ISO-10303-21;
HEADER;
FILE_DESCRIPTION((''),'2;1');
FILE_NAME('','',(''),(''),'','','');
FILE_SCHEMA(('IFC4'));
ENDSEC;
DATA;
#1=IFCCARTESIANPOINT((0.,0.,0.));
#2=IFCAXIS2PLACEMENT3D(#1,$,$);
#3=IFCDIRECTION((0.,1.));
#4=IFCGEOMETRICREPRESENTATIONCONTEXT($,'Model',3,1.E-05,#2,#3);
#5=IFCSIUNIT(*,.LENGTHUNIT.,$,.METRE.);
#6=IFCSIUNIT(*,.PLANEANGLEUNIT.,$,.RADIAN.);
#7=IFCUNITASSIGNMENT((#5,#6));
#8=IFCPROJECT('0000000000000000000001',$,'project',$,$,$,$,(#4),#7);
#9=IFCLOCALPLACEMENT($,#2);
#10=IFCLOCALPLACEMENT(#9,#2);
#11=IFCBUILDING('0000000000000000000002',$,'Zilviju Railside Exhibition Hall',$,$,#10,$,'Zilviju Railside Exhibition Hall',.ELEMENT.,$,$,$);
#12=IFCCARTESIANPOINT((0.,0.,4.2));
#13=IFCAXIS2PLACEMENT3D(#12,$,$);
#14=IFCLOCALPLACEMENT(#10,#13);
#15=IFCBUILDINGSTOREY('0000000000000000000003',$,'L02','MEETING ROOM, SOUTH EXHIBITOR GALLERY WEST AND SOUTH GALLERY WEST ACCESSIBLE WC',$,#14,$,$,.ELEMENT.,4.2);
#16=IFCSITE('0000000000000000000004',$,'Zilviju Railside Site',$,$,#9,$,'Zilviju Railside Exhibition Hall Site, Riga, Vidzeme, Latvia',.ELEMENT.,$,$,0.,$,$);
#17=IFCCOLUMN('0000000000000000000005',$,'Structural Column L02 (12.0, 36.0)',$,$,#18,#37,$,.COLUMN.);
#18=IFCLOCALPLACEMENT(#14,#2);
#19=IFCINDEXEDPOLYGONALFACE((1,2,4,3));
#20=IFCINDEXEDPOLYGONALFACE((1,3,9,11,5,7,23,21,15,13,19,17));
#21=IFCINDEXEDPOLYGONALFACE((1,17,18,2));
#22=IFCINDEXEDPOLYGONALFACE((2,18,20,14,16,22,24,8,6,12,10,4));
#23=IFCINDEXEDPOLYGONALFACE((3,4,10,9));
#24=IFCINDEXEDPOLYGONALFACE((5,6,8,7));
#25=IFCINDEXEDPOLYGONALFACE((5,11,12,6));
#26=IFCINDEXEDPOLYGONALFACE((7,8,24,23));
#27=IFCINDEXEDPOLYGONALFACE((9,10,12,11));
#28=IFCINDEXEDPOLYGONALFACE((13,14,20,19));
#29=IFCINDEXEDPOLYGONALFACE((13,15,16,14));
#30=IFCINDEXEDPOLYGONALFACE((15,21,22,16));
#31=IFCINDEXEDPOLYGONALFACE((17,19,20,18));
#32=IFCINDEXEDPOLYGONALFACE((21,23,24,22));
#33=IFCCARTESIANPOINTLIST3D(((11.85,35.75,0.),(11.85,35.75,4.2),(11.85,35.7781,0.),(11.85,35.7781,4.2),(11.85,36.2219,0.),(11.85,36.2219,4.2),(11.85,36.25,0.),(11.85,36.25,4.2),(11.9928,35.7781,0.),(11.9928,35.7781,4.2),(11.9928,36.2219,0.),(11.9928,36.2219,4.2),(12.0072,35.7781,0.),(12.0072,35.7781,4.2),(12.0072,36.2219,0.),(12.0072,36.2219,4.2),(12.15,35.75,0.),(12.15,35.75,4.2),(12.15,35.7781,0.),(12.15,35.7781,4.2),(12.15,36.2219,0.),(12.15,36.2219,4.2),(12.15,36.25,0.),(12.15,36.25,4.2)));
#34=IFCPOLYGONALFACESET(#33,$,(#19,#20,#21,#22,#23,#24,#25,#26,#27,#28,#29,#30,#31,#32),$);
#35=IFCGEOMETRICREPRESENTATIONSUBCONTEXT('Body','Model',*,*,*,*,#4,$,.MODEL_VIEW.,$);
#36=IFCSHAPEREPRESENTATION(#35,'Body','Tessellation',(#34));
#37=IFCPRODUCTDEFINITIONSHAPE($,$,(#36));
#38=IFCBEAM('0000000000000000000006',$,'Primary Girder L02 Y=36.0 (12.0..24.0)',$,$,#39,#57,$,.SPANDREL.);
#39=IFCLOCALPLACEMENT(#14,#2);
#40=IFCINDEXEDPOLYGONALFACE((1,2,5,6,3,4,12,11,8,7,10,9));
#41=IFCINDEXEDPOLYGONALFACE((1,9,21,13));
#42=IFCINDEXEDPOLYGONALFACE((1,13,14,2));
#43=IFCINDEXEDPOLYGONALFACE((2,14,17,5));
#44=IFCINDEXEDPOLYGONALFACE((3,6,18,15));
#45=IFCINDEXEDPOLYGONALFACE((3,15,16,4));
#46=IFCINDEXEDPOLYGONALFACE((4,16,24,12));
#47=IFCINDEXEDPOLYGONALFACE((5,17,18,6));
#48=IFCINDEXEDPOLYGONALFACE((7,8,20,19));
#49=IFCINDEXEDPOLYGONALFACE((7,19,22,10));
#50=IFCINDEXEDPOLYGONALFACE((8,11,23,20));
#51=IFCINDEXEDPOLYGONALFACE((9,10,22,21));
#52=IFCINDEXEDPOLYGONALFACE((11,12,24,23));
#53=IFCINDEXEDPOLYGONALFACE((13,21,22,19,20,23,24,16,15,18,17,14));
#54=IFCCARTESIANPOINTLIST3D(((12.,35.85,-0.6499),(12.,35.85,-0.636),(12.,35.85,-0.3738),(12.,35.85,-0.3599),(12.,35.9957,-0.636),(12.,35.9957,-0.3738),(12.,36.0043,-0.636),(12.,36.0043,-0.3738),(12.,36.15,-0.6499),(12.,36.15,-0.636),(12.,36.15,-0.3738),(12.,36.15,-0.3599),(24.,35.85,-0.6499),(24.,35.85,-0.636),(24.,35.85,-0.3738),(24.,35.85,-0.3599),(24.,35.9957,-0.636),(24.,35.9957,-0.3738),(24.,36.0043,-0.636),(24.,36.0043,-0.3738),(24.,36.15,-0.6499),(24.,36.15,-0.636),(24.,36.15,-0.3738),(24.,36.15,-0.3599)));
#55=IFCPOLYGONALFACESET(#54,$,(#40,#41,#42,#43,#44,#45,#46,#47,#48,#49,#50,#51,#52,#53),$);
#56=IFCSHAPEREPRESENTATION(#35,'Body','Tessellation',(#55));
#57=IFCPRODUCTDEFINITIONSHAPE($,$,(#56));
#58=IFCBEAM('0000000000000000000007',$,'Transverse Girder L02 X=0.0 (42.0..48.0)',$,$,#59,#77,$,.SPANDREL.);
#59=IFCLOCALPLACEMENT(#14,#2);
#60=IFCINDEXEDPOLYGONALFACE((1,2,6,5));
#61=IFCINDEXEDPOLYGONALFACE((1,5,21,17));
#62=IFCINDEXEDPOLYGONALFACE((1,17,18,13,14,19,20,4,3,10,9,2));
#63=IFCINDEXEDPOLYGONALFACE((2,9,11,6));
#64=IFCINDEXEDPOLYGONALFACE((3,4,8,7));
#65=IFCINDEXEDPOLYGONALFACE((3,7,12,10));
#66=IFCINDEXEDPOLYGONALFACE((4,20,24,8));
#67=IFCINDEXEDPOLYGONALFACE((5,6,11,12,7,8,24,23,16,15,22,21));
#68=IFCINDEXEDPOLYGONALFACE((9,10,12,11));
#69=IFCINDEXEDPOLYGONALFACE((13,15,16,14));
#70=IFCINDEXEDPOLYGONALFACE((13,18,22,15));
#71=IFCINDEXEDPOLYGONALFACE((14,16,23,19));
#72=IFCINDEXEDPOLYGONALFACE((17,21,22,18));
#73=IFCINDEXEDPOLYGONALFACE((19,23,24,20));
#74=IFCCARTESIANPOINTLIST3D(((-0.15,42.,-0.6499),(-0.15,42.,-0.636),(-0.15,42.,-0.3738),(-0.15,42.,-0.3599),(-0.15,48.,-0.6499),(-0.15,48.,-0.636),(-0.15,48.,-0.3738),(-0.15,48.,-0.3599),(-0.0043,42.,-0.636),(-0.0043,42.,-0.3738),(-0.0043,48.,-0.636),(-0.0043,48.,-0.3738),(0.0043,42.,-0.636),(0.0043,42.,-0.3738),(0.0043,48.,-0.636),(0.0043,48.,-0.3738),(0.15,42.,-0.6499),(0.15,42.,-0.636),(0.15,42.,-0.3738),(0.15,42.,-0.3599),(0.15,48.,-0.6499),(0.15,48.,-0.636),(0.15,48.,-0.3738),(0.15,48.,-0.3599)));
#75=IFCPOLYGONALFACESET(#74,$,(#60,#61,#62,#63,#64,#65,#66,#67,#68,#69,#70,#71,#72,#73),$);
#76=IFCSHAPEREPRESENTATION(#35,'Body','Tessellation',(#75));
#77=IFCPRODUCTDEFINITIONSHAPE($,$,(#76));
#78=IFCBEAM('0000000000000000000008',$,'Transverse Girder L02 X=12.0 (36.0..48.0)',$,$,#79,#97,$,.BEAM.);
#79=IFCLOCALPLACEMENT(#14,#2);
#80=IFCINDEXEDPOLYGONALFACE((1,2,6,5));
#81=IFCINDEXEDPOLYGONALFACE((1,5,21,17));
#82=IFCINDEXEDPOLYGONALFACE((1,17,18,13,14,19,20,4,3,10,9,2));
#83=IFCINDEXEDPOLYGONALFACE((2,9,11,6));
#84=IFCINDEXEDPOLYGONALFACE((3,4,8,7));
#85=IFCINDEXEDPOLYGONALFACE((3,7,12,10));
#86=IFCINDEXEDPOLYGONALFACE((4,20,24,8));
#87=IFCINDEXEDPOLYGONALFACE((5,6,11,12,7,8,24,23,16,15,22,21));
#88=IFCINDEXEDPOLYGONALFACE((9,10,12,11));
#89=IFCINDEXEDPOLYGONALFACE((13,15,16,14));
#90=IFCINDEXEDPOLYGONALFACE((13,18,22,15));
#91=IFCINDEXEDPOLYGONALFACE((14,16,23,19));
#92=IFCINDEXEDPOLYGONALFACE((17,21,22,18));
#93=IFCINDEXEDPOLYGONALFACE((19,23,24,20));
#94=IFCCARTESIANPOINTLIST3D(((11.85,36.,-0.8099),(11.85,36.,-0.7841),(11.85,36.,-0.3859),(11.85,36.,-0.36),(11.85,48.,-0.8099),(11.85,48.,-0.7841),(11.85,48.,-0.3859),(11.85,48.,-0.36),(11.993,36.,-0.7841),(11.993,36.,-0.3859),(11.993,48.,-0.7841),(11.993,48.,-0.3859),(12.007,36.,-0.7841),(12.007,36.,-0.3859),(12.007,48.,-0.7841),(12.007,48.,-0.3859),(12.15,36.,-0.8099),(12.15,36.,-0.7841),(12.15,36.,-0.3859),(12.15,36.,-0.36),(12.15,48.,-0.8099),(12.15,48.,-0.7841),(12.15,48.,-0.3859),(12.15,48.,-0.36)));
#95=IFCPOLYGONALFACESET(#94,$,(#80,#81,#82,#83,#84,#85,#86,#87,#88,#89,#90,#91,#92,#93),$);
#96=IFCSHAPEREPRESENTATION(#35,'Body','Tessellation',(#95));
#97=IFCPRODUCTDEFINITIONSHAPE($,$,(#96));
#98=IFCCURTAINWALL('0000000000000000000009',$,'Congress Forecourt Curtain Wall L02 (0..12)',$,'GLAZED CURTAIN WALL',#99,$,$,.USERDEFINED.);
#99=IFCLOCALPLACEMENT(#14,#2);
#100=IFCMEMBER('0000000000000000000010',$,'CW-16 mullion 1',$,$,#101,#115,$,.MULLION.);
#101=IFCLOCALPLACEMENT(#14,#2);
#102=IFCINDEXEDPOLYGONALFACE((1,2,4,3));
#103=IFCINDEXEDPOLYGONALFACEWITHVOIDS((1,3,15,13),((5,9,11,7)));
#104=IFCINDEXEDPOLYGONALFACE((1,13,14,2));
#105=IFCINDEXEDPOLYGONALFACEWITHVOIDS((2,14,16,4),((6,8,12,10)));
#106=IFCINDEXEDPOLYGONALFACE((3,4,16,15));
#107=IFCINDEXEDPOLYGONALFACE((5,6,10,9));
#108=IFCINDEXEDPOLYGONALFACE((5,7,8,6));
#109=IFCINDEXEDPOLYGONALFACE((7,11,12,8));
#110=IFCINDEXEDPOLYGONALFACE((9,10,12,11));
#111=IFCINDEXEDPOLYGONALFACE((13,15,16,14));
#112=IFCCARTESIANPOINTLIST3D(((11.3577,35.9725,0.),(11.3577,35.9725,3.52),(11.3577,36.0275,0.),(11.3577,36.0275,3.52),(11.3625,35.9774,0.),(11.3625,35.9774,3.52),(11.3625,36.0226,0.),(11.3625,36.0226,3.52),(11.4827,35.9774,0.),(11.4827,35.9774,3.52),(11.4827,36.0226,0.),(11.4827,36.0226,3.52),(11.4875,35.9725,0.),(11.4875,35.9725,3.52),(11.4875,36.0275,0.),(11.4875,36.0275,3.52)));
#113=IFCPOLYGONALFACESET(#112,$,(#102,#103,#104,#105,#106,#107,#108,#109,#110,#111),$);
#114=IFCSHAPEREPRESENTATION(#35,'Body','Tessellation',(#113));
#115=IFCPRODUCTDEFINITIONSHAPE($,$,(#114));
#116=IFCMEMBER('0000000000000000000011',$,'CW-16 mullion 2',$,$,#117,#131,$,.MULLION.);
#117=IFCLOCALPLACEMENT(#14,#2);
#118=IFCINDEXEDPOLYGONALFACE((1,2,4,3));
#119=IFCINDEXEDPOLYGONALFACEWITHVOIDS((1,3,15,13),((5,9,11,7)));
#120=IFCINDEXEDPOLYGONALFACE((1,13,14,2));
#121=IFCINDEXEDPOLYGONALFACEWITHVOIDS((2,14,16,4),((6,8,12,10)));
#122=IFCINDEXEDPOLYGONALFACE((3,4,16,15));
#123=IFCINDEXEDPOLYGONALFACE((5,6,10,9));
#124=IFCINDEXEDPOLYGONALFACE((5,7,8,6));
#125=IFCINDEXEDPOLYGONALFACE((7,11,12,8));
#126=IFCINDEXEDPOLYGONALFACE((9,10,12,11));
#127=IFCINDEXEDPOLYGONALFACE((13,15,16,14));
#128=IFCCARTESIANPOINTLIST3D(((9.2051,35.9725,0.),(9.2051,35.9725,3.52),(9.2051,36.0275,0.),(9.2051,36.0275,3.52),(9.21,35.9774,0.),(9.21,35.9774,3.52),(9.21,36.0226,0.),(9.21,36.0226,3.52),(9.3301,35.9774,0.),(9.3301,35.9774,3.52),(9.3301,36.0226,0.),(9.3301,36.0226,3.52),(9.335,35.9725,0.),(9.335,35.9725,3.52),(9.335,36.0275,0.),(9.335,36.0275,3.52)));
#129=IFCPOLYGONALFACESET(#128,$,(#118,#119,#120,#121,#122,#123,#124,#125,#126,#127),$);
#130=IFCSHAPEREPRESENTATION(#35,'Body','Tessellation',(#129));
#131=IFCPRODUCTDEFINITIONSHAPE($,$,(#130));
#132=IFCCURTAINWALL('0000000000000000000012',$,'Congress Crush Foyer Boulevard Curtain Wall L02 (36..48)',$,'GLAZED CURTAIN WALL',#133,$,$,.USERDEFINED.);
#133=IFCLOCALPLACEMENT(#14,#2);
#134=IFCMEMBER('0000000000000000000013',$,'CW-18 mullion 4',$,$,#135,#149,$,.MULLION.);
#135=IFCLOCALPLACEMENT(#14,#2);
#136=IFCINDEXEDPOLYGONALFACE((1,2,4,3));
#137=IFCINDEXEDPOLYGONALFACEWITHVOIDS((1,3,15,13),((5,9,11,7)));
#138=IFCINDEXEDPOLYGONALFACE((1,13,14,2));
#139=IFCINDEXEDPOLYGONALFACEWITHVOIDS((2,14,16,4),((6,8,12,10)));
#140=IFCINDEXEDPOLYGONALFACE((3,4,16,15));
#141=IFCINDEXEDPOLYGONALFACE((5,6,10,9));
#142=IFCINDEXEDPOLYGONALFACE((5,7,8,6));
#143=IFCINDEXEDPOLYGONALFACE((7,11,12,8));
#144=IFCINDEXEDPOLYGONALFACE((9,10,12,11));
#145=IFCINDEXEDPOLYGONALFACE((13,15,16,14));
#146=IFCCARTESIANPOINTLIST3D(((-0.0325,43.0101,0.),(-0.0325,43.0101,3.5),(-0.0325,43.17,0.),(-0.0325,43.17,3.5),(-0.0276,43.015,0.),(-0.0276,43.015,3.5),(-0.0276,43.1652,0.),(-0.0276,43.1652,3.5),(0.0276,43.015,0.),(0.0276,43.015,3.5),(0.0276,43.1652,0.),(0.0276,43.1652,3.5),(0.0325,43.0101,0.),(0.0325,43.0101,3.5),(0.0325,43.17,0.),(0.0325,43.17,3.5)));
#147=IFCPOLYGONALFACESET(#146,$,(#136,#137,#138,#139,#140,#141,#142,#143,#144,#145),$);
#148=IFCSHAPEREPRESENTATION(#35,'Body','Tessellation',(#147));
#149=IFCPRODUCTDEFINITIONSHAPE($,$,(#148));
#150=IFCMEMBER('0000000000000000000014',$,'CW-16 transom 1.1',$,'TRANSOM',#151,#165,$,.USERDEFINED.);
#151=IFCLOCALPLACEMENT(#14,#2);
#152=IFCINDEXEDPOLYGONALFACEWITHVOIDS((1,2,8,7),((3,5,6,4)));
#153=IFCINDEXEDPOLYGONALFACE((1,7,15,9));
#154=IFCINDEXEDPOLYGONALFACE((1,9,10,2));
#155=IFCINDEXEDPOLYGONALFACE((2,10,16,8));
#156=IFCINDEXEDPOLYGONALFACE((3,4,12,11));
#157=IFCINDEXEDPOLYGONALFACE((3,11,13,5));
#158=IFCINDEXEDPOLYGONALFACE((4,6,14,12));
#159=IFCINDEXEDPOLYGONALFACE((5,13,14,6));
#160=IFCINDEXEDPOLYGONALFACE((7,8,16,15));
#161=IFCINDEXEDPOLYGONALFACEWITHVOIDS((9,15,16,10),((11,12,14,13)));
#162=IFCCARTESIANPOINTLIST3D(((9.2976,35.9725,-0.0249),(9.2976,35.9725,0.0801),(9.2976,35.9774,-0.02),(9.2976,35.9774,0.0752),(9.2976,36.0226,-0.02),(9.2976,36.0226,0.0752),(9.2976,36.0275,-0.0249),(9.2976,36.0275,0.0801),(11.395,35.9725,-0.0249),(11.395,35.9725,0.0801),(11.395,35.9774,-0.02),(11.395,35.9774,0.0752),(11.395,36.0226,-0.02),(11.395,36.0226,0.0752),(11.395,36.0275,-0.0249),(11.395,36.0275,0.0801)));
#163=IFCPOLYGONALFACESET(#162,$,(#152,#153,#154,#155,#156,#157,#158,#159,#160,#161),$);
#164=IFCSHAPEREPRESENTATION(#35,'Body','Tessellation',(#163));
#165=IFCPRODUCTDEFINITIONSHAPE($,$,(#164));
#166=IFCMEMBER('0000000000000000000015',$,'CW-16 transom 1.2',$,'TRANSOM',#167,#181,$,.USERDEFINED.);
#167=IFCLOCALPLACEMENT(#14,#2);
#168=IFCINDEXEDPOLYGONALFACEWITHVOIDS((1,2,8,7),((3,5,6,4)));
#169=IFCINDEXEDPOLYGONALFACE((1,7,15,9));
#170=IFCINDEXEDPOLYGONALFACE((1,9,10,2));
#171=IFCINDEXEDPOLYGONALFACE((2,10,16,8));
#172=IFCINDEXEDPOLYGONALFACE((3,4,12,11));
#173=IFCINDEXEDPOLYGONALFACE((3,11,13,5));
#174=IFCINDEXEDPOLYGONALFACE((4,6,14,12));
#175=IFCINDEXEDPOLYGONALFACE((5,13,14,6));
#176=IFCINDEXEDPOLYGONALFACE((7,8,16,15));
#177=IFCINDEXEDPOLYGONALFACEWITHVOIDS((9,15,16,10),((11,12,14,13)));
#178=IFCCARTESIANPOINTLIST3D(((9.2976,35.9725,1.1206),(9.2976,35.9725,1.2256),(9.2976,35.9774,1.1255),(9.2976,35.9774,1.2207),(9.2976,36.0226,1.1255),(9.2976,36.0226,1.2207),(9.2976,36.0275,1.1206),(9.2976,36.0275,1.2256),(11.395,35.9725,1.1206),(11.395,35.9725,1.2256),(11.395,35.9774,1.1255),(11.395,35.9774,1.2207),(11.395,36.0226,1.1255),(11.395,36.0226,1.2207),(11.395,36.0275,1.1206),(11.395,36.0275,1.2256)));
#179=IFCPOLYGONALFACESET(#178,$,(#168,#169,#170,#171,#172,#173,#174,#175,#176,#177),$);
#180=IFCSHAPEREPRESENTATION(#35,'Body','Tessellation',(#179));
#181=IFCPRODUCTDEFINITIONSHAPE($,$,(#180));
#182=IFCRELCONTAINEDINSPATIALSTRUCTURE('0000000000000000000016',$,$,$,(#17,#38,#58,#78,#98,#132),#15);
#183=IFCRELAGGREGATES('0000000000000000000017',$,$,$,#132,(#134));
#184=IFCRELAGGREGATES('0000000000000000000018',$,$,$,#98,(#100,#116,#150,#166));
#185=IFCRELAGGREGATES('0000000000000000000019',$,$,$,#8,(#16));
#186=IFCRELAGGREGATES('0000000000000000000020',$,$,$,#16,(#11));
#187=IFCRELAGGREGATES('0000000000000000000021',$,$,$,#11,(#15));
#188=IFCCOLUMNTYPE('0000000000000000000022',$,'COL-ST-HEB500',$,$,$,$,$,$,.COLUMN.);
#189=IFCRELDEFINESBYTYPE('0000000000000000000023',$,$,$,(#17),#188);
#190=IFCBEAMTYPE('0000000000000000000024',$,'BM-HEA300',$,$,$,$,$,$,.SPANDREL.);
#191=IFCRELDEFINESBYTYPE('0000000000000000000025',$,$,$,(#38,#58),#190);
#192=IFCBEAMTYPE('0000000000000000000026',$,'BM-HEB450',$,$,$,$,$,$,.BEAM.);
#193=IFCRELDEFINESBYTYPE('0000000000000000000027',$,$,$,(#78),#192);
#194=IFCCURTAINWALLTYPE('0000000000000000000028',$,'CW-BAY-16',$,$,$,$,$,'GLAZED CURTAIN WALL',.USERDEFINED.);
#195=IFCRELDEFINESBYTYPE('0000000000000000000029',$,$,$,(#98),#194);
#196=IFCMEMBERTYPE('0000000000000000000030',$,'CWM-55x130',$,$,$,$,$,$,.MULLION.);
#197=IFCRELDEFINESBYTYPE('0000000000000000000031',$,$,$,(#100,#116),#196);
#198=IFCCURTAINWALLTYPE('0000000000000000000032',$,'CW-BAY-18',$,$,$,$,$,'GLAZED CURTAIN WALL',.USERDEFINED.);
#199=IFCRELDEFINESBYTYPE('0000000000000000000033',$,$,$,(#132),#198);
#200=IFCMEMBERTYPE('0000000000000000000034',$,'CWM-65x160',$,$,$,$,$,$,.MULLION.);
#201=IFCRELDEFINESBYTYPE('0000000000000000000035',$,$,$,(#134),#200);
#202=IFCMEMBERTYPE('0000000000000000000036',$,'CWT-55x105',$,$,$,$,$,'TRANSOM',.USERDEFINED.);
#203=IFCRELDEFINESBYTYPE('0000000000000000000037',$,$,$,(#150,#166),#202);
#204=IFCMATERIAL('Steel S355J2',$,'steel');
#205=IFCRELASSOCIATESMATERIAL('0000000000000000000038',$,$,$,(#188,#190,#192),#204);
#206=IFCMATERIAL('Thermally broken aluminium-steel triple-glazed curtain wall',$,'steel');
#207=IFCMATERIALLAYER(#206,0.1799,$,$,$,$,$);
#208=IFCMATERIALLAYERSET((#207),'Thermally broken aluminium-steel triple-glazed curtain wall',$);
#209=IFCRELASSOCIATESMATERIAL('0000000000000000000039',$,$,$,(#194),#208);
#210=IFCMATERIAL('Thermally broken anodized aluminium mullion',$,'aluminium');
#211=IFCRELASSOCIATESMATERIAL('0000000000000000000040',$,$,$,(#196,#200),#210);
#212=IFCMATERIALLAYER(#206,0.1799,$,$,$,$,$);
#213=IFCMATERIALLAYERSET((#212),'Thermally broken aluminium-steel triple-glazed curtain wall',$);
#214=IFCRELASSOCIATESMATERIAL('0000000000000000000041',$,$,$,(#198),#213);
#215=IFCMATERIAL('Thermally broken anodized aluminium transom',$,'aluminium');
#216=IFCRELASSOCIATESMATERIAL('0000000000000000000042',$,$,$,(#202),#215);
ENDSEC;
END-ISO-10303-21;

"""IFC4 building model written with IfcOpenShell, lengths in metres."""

from ifc_helpers import new_model, si_unit, direction, frame, origin, origin_2d, place, context, subcontext, project, spatial, hollow_rectangle, i_section, extrude, material, layer, layer_set, material_profile, profile_set, type_object, element, aggregate, save


model = new_model("IFC4")

# Units and contexts
model_context = context("Model", 3, precision=1e-05, world=origin(), true_north=direction((0.0, 1.0)))
body_context = subcontext(model_context, "Body", "Model", "MODEL_VIEW")
ifc_project = project(units=[si_unit("LENGTHUNIT", "METRE"), si_unit("PLANEANGLEUNIT", "RADIAN")], contexts=[model_context])

# Site, building, storey
site_placement = place(None, origin())
site = spatial("IfcSite", under=ifc_project, at=site_placement, Name="Zilviju Railside Site", LongName="Zilviju Railside Exhibition Hall Site, Riga, Vidzeme, Latvia", CompositionType="ELEMENT", RefElevation=0.0)
building_placement = place(site_placement, origin())
building = spatial("IfcBuilding", under=site, at=building_placement, Name="Zilviju Railside Exhibition Hall", LongName="Zilviju Railside Exhibition Hall", CompositionType="ELEMENT")
storey_placement = place(building_placement, frame((0.0, 0.0, 4.2)))
storey = spatial("IfcBuildingStorey", under=building, at=storey_placement, Name="L02", Description="MEETING ROOM, SOUTH EXHIBITOR GALLERY WEST AND SOUTH GALLERY WEST ACCESSIBLE WC", CompositionType="ELEMENT", Elevation=4.2)

# Column
ifc_material_1 = material(Name="Steel S355J2", Category="steel")
ifc_material_profile_1 = material_profile(ifc_material_1, i_section(OverallWidth=0.3, OverallDepth=0.5, WebThickness=0.0144, FlangeThickness=0.0281, at=origin_2d()), Name="HEB 500")
ifc_profile_set_1 = profile_set([ifc_material_profile_1], Name="Steel S355J2")
column_type = type_object("IfcColumnType", Name="COL-ST-HEB500", PredefinedType="COLUMN", material=ifc_profile_set_1)
column_placement = place(storey_placement, frame((12.0, 36.0, 0.0), z_axis=(0.0, 0.0, 1.0), x_axis=(1.0, 0.0, 0.0)))
element("IfcColumn", 1, at=column_placement, inside=storey, type_object=column_type, Name="Structural Column L02 (12.0, 36.0)", PredefinedType="COLUMN", context=body_context, shape_type="SweptSolid", body=[
    extrude(i_section(OverallWidth=0.3, OverallDepth=0.5, WebThickness=0.0144, FlangeThickness=0.0281, at=origin_2d()), origin(), (0.0, 0.0, 1.0), 4.2),
])

# Beams
ifc_material_profile_2 = material_profile(ifc_material_1, i_section(OverallWidth=0.3, OverallDepth=0.29, WebThickness=0.0085, FlangeThickness=0.0139, at=origin_2d()), Name="HEA 300")
ifc_profile_set_2 = profile_set([ifc_material_profile_2], Name="Steel S355J2")
beam_type_1 = type_object("IfcBeamType", Name="BM-HEA300", PredefinedType="SPANDREL", material=ifc_profile_set_2)
beam_1_placement = place(storey_placement, frame((12.0, 36.0, -0.5049), z_axis=(1.0, 0.0, 0.0), x_axis=(0.0, 1.0, 0.0)))
element("IfcBeam", 2, at=beam_1_placement, inside=storey, type_object=beam_type_1, Name="Primary Girder L02 Y=36.0 (12.0..24.0)", PredefinedType="SPANDREL", context=body_context, shape_type="SweptSolid", body=[
    extrude(i_section(OverallWidth=0.3, OverallDepth=0.29, WebThickness=0.0085, FlangeThickness=0.0139, at=origin_2d()), origin(), (0.0, 0.0, 1.0), 12.0),
])
beam_2_placement = place(storey_placement, frame((0.0, 42.0, -0.5049), z_axis=(0.0, 1.0, 0.0), x_axis=(-1.0, 0.0, 0.0)))
element("IfcBeam", 3, at=beam_2_placement, inside=storey, type_object=beam_type_1, Name="Transverse Girder L02 X=0.0 (42.0..48.0)", PredefinedType="SPANDREL", context=body_context, shape_type="SweptSolid", body=[
    extrude(i_section(OverallWidth=0.3, OverallDepth=0.29, WebThickness=0.0085, FlangeThickness=0.0139, at=origin_2d()), origin(), (0.0, 0.0, 1.0), 6.0),
])
ifc_material_profile_3 = material_profile(ifc_material_1, i_section(OverallWidth=0.3, OverallDepth=0.45, WebThickness=0.0139, FlangeThickness=0.0259, at=origin_2d()), Name="HEB 450")
ifc_profile_set_3 = profile_set([ifc_material_profile_3], Name="Steel S355J2")
beam_type_2 = type_object("IfcBeamType", Name="BM-HEB450", PredefinedType="BEAM", material=ifc_profile_set_3)
beam_3_placement = place(storey_placement, frame((12.0, 36.0, -0.585), z_axis=(0.0, 1.0, 0.0), x_axis=(-1.0, 0.0, 0.0)))
element("IfcBeam", 4, at=beam_3_placement, inside=storey, type_object=beam_type_2, Name="Transverse Girder L02 X=12.0 (36.0..48.0)", PredefinedType="BEAM", context=body_context, shape_type="SweptSolid", body=[
    extrude(i_section(OverallWidth=0.3, OverallDepth=0.45, WebThickness=0.0139, FlangeThickness=0.0259, at=origin_2d()), origin(), (0.0, 0.0, 1.0), 12.0),
])

# Curtain wall, members
ifc_material_2 = material(Name="Thermally broken aluminium-steel triple-glazed curtain wall", Category="steel")
ifc_layer_1 = layer(ifc_material_2, 0.1799)
ifc_layer_set_1 = layer_set([ifc_layer_1], Name="Thermally broken aluminium-steel triple-glazed curtain wall")
curtain_wall_type_1 = type_object("IfcCurtainWallType", Name="CW-BAY-16", ElementType="GLAZED CURTAIN WALL", PredefinedType="USERDEFINED", material=ifc_layer_set_1)
curtain_wall_1_placement = place(storey_placement, origin())
curtain_wall_1 = element("IfcCurtainWall", 5, at=curtain_wall_1_placement, inside=storey, type_object=curtain_wall_type_1, Name="Congress Forecourt Curtain Wall L02 (0..12)", ObjectType="GLAZED CURTAIN WALL", PredefinedType="USERDEFINED")
ifc_material_3 = material(Name="Thermally broken anodized aluminium mullion", Category="aluminium")
ifc_material_profile_4 = material_profile(ifc_material_3, hollow_rectangle(XDim=0.0549, YDim=0.1299, WallThickness=0.0049, at=origin_2d()), Name="MULLION 130x55x5")
ifc_profile_set_4 = profile_set([ifc_material_profile_4], Name="Thermally broken anodized aluminium mullion")
member_type_1 = type_object("IfcMemberType", Name="CWM-55x130", PredefinedType="MULLION", material=ifc_profile_set_4)
member_1_placement = place(storey_placement, frame((11.4226, 36.0, 0.0), z_axis=(0.0, 0.0, 1.0), x_axis=(0.0, -1.0, 0.0)))
member_1 = element("IfcMember", 6, at=member_1_placement, type_object=member_type_1, Name="CW-16 mullion 1", PredefinedType="MULLION", context=body_context, shape_type="SweptSolid", body=[
    extrude(hollow_rectangle(XDim=0.0549, YDim=0.1299, WallThickness=0.0049, at=origin_2d()), origin(), (0.0, 0.0, 1.0), 3.52),
])
member_2_placement = place(storey_placement, frame((9.27, 36.0, 0.0), z_axis=(0.0, 0.0, 1.0), x_axis=(0.0, -1.0, 0.0)))
member_2 = element("IfcMember", 7, at=member_2_placement, type_object=member_type_1, Name="CW-16 mullion 2", PredefinedType="MULLION", context=body_context, shape_type="SweptSolid", body=[
    extrude(hollow_rectangle(XDim=0.0549, YDim=0.1299, WallThickness=0.0049, at=origin_2d()), origin(), (0.0, 0.0, 1.0), 3.52),
])

# Curtain wall, member
ifc_layer_2 = layer(ifc_material_2, 0.1799)
ifc_layer_set_2 = layer_set([ifc_layer_2], Name="Thermally broken aluminium-steel triple-glazed curtain wall")
curtain_wall_type_2 = type_object("IfcCurtainWallType", Name="CW-BAY-18", ElementType="GLAZED CURTAIN WALL", PredefinedType="USERDEFINED", material=ifc_layer_set_2)
curtain_wall_2_placement = place(storey_placement, origin())
curtain_wall_2 = element("IfcCurtainWall", 8, at=curtain_wall_2_placement, inside=storey, type_object=curtain_wall_type_2, Name="Congress Crush Foyer Boulevard Curtain Wall L02 (36..48)", ObjectType="GLAZED CURTAIN WALL", PredefinedType="USERDEFINED")
ifc_material_profile_5 = material_profile(ifc_material_3, hollow_rectangle(XDim=0.0649, YDim=0.1599, WallThickness=0.0049, at=origin_2d()), Name="MULLION 160x65x5")
ifc_profile_set_5 = profile_set([ifc_material_profile_5], Name="Thermally broken anodized aluminium mullion")
member_type_2 = type_object("IfcMemberType", Name="CWM-65x160", PredefinedType="MULLION", material=ifc_profile_set_5)
member_3_placement = place(storey_placement, frame((0.0, 43.0901, 0.0), z_axis=(0.0, 0.0, 1.0), x_axis=(-1.0, 0.0, 0.0)))
member_3 = element("IfcMember", 9, at=member_3_placement, type_object=member_type_2, Name="CW-18 mullion 4", PredefinedType="MULLION", context=body_context, shape_type="SweptSolid", body=[
    extrude(hollow_rectangle(XDim=0.0649, YDim=0.1599, WallThickness=0.0049, at=origin_2d()), origin(), (0.0, 0.0, 1.0), 3.5),
])

# Members
ifc_material_4 = material(Name="Thermally broken anodized aluminium transom", Category="aluminium")
ifc_material_profile_6 = material_profile(ifc_material_4, hollow_rectangle(XDim=0.0549, YDim=0.105, WallThickness=0.0049, at=origin_2d()), Name="TRANSOM 105x55x5")
ifc_profile_set_6 = profile_set([ifc_material_profile_6], Name="Thermally broken anodized aluminium transom")
member_type_3 = type_object("IfcMemberType", Name="CWT-55x105", ElementType="TRANSOM", PredefinedType="USERDEFINED", material=ifc_profile_set_6)
member_4_placement = place(storey_placement, frame((11.395, 36.0, 0.0276), z_axis=(-1.0, 0.0, 0.0), x_axis=(0.0, -1.0, 0.0)))
member_4 = element("IfcMember", 10, at=member_4_placement, type_object=member_type_3, Name="CW-16 transom 1.1", ObjectType="TRANSOM", PredefinedType="USERDEFINED", context=body_context, shape_type="SweptSolid", body=[
    extrude(hollow_rectangle(XDim=0.0549, YDim=0.105, WallThickness=0.0049, at=origin_2d()), origin(), (0.0, 0.0, 1.0), 2.0974),
])
member_5_placement = place(storey_placement, frame((11.395, 36.0, 1.1731), z_axis=(-1.0, 0.0, 0.0), x_axis=(0.0, -1.0, 0.0)))
member_5 = element("IfcMember", 11, at=member_5_placement, type_object=member_type_3, Name="CW-16 transom 1.2", ObjectType="TRANSOM", PredefinedType="USERDEFINED", context=body_context, shape_type="SweptSolid", body=[
    extrude(hollow_rectangle(XDim=0.0549, YDim=0.105, WallThickness=0.0049, at=origin_2d()), origin(), (0.0, 0.0, 1.0), 2.0974),
])

aggregate(curtain_wall_2, [member_3])
aggregate(curtain_wall_1, [member_1, member_2, member_4, member_5])

save(model, "model.ifc")
